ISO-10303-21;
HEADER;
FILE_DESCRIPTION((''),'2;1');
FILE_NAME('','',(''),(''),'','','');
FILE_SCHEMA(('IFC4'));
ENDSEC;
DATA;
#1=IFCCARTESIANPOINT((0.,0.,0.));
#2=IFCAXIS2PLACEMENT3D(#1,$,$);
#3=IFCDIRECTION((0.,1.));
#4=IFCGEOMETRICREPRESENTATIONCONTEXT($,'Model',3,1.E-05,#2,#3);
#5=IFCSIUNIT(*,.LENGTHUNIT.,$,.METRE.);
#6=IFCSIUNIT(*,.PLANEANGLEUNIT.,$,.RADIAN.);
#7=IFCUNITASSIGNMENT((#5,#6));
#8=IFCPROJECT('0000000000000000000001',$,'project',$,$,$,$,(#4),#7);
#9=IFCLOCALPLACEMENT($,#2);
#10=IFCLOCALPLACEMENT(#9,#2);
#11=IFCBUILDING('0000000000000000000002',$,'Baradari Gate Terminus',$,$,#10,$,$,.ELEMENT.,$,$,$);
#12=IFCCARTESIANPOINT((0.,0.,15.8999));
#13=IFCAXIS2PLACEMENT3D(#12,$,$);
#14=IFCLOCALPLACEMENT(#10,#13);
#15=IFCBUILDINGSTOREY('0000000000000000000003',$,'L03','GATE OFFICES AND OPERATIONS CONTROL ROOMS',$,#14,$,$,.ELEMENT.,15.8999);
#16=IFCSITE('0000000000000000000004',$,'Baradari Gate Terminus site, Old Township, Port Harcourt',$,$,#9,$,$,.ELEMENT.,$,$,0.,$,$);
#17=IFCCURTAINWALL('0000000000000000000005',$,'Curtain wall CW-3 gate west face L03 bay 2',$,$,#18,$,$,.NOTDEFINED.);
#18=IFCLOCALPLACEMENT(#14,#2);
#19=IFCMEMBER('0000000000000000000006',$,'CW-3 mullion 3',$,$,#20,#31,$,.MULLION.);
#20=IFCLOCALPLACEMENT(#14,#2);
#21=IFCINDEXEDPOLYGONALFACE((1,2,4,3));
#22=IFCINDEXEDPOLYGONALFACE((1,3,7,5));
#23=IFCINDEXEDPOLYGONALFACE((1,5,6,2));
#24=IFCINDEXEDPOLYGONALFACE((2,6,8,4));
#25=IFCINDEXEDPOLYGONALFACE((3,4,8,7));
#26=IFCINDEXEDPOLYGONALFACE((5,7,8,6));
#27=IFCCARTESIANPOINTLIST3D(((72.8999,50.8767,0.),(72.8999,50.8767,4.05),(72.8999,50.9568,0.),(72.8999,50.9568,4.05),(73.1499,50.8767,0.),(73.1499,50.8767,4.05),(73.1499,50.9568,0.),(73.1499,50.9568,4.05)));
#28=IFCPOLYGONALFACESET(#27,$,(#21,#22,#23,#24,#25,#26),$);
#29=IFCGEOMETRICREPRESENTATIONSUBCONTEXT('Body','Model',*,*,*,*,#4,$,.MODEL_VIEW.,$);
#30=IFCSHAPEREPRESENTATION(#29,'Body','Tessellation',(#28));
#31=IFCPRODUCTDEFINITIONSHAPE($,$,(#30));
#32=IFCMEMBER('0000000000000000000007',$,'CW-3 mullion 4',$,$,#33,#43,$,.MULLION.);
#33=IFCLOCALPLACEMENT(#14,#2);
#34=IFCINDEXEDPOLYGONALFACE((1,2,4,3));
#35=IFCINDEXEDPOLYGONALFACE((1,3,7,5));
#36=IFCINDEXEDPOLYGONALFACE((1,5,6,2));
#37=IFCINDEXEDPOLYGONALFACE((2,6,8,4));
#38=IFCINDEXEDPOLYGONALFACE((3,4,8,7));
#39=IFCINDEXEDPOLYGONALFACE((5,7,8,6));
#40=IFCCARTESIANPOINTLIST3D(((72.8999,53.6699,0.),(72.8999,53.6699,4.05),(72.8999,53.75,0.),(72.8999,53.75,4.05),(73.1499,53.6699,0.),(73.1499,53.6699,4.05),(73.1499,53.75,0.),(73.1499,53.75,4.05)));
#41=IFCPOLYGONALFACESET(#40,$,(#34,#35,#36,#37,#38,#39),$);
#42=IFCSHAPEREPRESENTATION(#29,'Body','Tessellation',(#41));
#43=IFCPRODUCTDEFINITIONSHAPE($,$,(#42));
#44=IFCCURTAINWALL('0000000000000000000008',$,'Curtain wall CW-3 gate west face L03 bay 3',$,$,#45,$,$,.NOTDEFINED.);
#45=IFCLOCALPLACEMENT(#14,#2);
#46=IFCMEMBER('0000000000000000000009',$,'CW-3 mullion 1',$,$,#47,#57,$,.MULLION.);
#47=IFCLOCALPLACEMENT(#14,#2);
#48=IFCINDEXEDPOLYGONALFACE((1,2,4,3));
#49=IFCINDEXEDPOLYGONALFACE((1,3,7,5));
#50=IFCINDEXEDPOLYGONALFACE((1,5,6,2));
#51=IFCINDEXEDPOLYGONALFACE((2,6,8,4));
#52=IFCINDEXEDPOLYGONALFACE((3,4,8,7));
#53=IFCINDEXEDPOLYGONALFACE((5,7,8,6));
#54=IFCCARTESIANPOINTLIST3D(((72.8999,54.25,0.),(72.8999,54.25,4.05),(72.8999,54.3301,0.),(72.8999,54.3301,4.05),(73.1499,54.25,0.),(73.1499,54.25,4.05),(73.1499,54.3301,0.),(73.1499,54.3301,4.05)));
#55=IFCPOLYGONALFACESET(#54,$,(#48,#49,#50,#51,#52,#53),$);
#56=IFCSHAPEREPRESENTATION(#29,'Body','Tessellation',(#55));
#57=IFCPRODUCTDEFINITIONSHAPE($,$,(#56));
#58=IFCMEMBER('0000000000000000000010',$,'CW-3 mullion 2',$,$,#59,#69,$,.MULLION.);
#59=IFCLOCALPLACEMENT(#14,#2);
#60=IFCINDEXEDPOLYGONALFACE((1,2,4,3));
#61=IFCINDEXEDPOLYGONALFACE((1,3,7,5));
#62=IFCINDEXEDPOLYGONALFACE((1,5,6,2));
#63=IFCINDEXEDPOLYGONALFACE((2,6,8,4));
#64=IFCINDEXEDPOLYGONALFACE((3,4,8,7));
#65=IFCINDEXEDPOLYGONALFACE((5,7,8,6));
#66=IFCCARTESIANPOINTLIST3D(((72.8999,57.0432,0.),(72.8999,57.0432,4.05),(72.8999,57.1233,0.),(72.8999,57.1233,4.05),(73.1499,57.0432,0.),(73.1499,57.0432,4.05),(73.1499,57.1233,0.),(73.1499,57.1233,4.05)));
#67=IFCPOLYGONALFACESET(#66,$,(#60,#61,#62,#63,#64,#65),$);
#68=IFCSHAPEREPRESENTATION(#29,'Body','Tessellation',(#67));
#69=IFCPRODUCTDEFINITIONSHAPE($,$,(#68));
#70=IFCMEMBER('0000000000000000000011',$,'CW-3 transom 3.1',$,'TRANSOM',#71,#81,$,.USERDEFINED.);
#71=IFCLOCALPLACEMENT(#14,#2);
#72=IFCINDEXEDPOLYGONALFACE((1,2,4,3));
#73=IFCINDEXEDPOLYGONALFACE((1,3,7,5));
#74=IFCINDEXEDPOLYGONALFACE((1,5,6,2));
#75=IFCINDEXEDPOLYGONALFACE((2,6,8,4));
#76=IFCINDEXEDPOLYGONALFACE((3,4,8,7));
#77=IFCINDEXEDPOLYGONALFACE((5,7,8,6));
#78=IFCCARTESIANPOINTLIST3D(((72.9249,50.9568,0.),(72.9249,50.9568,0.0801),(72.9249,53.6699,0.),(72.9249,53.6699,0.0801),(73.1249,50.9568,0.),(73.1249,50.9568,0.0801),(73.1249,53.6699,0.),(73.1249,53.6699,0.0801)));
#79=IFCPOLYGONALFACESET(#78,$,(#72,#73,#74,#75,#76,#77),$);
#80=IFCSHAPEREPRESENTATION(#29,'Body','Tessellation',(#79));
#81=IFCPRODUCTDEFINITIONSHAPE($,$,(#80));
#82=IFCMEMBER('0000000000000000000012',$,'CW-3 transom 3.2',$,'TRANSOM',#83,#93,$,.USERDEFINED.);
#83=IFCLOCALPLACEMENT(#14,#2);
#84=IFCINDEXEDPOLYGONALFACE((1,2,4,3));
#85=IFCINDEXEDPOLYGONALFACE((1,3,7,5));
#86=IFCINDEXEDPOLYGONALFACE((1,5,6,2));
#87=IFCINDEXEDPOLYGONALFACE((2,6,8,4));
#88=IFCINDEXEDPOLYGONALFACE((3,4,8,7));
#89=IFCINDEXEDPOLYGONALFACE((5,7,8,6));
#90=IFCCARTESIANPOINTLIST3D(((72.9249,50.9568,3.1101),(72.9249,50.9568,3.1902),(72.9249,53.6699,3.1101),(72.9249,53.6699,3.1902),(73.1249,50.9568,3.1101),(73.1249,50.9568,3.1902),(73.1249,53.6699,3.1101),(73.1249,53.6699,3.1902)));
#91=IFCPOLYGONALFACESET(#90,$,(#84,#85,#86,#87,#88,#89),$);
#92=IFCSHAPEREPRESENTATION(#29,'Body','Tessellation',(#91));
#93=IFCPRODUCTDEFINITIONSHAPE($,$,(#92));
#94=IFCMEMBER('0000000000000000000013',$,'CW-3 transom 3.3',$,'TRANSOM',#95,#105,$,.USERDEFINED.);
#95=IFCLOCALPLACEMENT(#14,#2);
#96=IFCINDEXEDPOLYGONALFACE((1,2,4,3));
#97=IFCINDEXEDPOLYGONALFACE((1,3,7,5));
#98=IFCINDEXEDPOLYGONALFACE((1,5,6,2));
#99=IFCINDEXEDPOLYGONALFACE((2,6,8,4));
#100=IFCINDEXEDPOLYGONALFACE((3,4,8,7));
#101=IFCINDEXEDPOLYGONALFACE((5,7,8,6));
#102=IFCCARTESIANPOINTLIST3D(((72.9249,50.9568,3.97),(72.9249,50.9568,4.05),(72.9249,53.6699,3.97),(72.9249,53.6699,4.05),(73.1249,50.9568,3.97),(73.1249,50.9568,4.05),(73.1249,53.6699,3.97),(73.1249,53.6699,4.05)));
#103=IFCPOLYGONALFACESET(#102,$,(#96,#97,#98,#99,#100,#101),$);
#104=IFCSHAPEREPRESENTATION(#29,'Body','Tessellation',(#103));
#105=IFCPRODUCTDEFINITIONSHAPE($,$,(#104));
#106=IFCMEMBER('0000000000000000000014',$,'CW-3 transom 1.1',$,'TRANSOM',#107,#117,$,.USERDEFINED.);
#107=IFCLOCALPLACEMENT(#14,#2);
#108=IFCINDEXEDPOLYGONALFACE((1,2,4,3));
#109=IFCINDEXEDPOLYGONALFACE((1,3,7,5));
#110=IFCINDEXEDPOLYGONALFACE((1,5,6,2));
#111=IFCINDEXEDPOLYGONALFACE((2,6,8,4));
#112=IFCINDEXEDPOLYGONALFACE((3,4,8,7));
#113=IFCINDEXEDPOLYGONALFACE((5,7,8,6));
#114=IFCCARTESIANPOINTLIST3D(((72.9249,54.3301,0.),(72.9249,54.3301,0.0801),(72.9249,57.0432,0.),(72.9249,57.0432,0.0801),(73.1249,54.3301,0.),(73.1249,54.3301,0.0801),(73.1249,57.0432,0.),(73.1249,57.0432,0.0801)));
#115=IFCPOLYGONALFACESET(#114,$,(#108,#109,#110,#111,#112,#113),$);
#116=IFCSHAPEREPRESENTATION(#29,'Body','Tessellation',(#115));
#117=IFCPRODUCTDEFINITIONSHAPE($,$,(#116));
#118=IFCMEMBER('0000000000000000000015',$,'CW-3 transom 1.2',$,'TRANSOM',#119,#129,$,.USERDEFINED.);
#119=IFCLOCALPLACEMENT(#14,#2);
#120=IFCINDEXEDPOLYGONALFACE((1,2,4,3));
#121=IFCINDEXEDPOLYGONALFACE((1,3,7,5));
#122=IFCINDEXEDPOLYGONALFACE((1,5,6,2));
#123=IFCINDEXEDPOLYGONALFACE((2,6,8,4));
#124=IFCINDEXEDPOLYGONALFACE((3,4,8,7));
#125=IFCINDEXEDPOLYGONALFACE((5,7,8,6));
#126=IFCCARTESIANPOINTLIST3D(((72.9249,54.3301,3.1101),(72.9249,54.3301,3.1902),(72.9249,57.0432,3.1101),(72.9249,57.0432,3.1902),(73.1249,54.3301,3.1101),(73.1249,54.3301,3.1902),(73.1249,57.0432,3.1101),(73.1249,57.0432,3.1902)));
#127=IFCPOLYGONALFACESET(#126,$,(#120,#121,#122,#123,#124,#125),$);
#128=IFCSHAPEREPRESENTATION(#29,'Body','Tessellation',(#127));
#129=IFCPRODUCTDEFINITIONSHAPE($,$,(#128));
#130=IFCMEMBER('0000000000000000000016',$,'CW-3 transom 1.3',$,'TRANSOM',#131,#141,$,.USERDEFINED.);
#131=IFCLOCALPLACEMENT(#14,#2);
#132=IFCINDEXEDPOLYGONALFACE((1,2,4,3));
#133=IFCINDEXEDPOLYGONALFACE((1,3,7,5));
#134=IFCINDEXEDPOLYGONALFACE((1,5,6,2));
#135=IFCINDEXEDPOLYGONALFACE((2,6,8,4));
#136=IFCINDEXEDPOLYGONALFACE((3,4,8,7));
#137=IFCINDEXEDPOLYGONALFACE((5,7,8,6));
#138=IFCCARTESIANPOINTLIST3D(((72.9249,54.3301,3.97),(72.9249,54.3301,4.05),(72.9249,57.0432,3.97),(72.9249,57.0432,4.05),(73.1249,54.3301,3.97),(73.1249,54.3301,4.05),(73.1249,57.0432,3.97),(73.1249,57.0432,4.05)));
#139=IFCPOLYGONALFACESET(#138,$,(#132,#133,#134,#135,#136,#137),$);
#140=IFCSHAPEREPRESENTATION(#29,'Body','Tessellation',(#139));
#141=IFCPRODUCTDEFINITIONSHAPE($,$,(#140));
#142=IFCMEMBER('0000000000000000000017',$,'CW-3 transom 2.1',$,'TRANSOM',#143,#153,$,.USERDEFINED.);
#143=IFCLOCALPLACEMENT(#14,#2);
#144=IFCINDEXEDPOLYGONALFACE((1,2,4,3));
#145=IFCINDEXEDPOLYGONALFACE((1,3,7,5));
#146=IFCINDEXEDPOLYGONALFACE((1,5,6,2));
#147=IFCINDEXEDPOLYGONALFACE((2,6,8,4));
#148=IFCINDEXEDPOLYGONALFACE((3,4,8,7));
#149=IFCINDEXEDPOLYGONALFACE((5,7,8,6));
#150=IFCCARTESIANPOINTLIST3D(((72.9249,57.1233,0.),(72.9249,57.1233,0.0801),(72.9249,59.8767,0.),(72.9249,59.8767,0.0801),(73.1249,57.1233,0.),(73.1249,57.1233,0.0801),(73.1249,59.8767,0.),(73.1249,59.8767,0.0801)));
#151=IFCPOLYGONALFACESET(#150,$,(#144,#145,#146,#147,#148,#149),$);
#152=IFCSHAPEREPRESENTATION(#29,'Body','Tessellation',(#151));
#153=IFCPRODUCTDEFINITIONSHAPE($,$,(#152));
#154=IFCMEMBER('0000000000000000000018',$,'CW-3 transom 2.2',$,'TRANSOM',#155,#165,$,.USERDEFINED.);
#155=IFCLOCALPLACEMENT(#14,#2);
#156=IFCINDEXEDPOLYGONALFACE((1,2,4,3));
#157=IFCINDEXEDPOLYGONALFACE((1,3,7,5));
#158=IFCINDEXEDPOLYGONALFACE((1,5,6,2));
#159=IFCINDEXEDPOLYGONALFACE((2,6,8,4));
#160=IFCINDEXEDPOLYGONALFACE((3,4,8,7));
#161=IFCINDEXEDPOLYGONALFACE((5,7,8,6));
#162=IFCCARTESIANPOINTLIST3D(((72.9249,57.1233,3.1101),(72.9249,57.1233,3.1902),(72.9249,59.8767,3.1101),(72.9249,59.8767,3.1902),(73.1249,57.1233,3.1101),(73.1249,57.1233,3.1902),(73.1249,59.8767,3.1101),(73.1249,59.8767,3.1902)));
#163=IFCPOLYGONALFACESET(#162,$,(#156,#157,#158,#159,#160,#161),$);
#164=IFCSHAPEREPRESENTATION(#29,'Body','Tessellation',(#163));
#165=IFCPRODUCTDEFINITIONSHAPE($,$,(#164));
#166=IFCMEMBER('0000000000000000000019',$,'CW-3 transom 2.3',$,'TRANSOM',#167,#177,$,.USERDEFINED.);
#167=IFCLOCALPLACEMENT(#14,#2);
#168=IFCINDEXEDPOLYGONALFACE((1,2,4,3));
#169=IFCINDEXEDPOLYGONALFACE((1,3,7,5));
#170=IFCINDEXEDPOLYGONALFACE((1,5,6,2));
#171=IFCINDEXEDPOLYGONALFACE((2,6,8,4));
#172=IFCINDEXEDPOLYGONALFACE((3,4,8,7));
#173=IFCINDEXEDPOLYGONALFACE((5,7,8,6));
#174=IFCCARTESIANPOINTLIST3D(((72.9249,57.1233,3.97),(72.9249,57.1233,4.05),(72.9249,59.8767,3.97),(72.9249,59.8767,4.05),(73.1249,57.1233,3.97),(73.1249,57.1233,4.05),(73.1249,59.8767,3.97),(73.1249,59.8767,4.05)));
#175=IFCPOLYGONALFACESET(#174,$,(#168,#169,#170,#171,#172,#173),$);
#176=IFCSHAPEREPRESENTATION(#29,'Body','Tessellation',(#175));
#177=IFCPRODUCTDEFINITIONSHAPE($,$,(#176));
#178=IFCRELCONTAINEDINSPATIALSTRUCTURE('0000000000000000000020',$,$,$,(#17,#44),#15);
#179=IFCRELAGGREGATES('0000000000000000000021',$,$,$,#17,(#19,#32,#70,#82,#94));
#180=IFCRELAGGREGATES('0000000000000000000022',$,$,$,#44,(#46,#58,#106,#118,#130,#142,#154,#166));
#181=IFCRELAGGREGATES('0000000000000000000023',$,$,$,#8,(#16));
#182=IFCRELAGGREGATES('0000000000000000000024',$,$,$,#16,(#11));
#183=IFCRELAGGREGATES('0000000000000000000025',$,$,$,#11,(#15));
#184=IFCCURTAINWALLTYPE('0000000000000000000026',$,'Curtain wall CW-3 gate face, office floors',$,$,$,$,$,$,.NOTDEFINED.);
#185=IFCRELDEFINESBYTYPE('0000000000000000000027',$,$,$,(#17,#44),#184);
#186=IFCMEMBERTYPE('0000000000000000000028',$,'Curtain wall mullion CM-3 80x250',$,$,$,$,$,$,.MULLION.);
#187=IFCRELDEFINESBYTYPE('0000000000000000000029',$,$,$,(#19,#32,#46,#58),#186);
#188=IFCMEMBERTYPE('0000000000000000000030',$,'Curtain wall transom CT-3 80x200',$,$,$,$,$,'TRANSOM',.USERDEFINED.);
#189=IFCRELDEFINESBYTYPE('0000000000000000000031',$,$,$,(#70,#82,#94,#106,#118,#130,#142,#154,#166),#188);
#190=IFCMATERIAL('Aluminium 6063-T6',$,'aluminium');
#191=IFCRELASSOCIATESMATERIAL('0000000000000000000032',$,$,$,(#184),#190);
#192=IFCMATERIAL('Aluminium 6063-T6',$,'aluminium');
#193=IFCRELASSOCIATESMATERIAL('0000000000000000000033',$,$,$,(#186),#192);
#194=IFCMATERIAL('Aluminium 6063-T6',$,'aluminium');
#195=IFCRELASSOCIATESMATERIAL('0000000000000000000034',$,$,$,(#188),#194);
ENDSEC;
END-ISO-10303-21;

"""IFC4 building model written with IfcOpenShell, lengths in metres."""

from ifc_helpers import new_model, si_unit, direction, frame, origin, origin_2d, place, context, subcontext, project, spatial, rectangle, extrude, material, material_profile, profile_set, type_object, element, aggregate, save


model = new_model("IFC4")

# Units and contexts
model_context = context("Model", 3, precision=1e-05, world=origin(), true_north=direction((0.0, 1.0)))
body_context = subcontext(model_context, "Body", "Model", "MODEL_VIEW")
ifc_project = project(units=[si_unit("LENGTHUNIT", "METRE"), si_unit("PLANEANGLEUNIT", "RADIAN")], contexts=[model_context])

# Site, building, storey
site_placement = place(None, origin())
site = spatial("IfcSite", under=ifc_project, at=site_placement, Name="Baradari Gate Terminus site, Old Township, Port Harcourt", CompositionType="ELEMENT", RefElevation=0.0)
building_placement = place(site_placement, origin())
building = spatial("IfcBuilding", under=site, at=building_placement, Name="Baradari Gate Terminus", CompositionType="ELEMENT")
storey_placement = place(building_placement, frame((0.0, 0.0, 15.8999)))
storey = spatial("IfcBuildingStorey", under=building, at=storey_placement, Name="L03", Description="GATE OFFICES AND OPERATIONS CONTROL ROOMS", CompositionType="ELEMENT", Elevation=15.8999)

# Curtain walls, members
ifc_material_1 = material(Name="Aluminium 6063-T6", Category="aluminium")
curtain_wall_type = type_object("IfcCurtainWallType", Name="Curtain wall CW-3 gate face, office floors", PredefinedType="NOTDEFINED", material=ifc_material_1)
curtain_wall_1_placement = place(storey_placement, origin())
curtain_wall_1 = element("IfcCurtainWall", 1, at=curtain_wall_1_placement, inside=storey, type_object=curtain_wall_type, Name="Curtain wall CW-3 gate west face L03 bay 2", PredefinedType="NOTDEFINED")
ifc_material_2 = material(Name="Aluminium 6063-T6", Category="aluminium")
ifc_material_profile_1 = material_profile(ifc_material_2, rectangle(XDim=0.25, YDim=0.0801, at=origin_2d()), Name="CM-3 80X250")
ifc_profile_set_1 = profile_set([ifc_material_profile_1], Name="Aluminium 6063-T6")
member_type_1 = type_object("IfcMemberType", Name="Curtain wall mullion CM-3 80x250", PredefinedType="MULLION", material=ifc_profile_set_1)
member_1_placement = place(storey_placement, frame((73.0249, 50.9167, 0.0), z_axis=(0.0, 0.0, 1.0), x_axis=(-1.0, 0.0, 0.0)))
member_1 = element("IfcMember", 2, at=member_1_placement, type_object=member_type_1, Name="CW-3 mullion 3", PredefinedType="MULLION", context=body_context, shape_type="SweptSolid", body=[
    extrude(rectangle(XDim=0.25, YDim=0.0801, at=origin_2d()), origin(), (0.0, 0.0, 1.0), 4.05),
])
member_2_placement = place(storey_placement, frame((73.0249, 53.71, 0.0), z_axis=(0.0, 0.0, 1.0), x_axis=(-1.0, 0.0, 0.0)))
member_2 = element("IfcMember", 3, at=member_2_placement, type_object=member_type_1, Name="CW-3 mullion 4", PredefinedType="MULLION", context=body_context, shape_type="SweptSolid", body=[
    extrude(rectangle(XDim=0.25, YDim=0.0801, at=origin_2d()), origin(), (0.0, 0.0, 1.0), 4.05),
])
curtain_wall_2_placement = place(storey_placement, origin())
curtain_wall_2 = element("IfcCurtainWall", 4, at=curtain_wall_2_placement, inside=storey, type_object=curtain_wall_type, Name="Curtain wall CW-3 gate west face L03 bay 3", PredefinedType="NOTDEFINED")
member_3_placement = place(storey_placement, frame((73.0249, 54.29, 0.0), z_axis=(0.0, 0.0, 1.0), x_axis=(-1.0, 0.0, 0.0)))
member_3 = element("IfcMember", 5, at=member_3_placement, type_object=member_type_1, Name="CW-3 mullion 1", PredefinedType="MULLION", context=body_context, shape_type="SweptSolid", body=[
    extrude(rectangle(XDim=0.25, YDim=0.0801, at=origin_2d()), origin(), (0.0, 0.0, 1.0), 4.05),
])
member_4_placement = place(storey_placement, frame((73.0249, 57.0833, 0.0), z_axis=(0.0, 0.0, 1.0), x_axis=(-1.0, 0.0, 0.0)))
member_4 = element("IfcMember", 6, at=member_4_placement, type_object=member_type_1, Name="CW-3 mullion 2", PredefinedType="MULLION", context=body_context, shape_type="SweptSolid", body=[
    extrude(rectangle(XDim=0.25, YDim=0.0801, at=origin_2d()), origin(), (0.0, 0.0, 1.0), 4.05),
])

# Members
ifc_material_3 = material(Name="Aluminium 6063-T6", Category="aluminium")
ifc_material_profile_2 = material_profile(ifc_material_3, rectangle(XDim=0.2, YDim=0.0801, at=origin_2d()), Name="CT-3 80X200")
ifc_profile_set_2 = profile_set([ifc_material_profile_2], Name="Aluminium 6063-T6")
member_type_2 = type_object("IfcMemberType", Name="Curtain wall transom CT-3 80x200", ElementType="TRANSOM", PredefinedType="USERDEFINED", material=ifc_profile_set_2)
member_5_placement = place(storey_placement, frame((73.0249, 50.9568, 0.04), z_axis=(0.0, 1.0, 0.0), x_axis=(-1.0, 0.0, 0.0)))
member_5 = element("IfcMember", 7, at=member_5_placement, type_object=member_type_2, Name="CW-3 transom 3.1", ObjectType="TRANSOM", PredefinedType="USERDEFINED", context=body_context, shape_type="SweptSolid", body=[
    extrude(rectangle(XDim=0.2, YDim=0.0801, at=origin_2d()), origin(), (0.0, 0.0, 1.0), 2.7131),
])
member_6_placement = place(storey_placement, frame((73.0249, 50.9568, 3.1501), z_axis=(0.0, 1.0, 0.0), x_axis=(-1.0, 0.0, 0.0)))
member_6 = element("IfcMember", 8, at=member_6_placement, type_object=member_type_2, Name="CW-3 transom 3.2", ObjectType="TRANSOM", PredefinedType="USERDEFINED", context=body_context, shape_type="SweptSolid", body=[
    extrude(rectangle(XDim=0.2, YDim=0.0801, at=origin_2d()), origin(), (0.0, 0.0, 1.0), 2.7131),
])
member_7_placement = place(storey_placement, frame((73.0249, 50.9568, 4.01), z_axis=(0.0, 1.0, 0.0), x_axis=(-1.0, 0.0, 0.0)))
member_7 = element("IfcMember", 9, at=member_7_placement, type_object=member_type_2, Name="CW-3 transom 3.3", ObjectType="TRANSOM", PredefinedType="USERDEFINED", context=body_context, shape_type="SweptSolid", body=[
    extrude(rectangle(XDim=0.2, YDim=0.0801, at=origin_2d()), origin(), (0.0, 0.0, 1.0), 2.7131),
])
member_8_placement = place(storey_placement, frame((73.0249, 54.3301, 0.04), z_axis=(0.0, 1.0, 0.0), x_axis=(-1.0, 0.0, 0.0)))
member_8 = element("IfcMember", 10, at=member_8_placement, type_object=member_type_2, Name="CW-3 transom 1.1", ObjectType="TRANSOM", PredefinedType="USERDEFINED", context=body_context, shape_type="SweptSolid", body=[
    extrude(rectangle(XDim=0.2, YDim=0.0801, at=origin_2d()), origin(), (0.0, 0.0, 1.0), 2.7131),
])
member_9_placement = place(storey_placement, frame((73.0249, 54.3301, 3.1501), z_axis=(0.0, 1.0, 0.0), x_axis=(-1.0, 0.0, 0.0)))
member_9 = element("IfcMember", 11, at=member_9_placement, type_object=member_type_2, Name="CW-3 transom 1.2", ObjectType="TRANSOM", PredefinedType="USERDEFINED", context=body_context, shape_type="SweptSolid", body=[
    extrude(rectangle(XDim=0.2, YDim=0.0801, at=origin_2d()), origin(), (0.0, 0.0, 1.0), 2.7131),
])
member_10_placement = place(storey_placement, frame((73.0249, 54.3301, 4.01), z_axis=(0.0, 1.0, 0.0), x_axis=(-1.0, 0.0, 0.0)))
member_10 = element("IfcMember", 12, at=member_10_placement, type_object=member_type_2, Name="CW-3 transom 1.3", ObjectType="TRANSOM", PredefinedType="USERDEFINED", context=body_context, shape_type="SweptSolid", body=[
    extrude(rectangle(XDim=0.2, YDim=0.0801, at=origin_2d()), origin(), (0.0, 0.0, 1.0), 2.7131),
])
member_11_placement = place(storey_placement, frame((73.0249, 57.1233, 0.04), z_axis=(0.0, 1.0, 0.0), x_axis=(-1.0, 0.0, 0.0)))
member_11 = element("IfcMember", 13, at=member_11_placement, type_object=member_type_2, Name="CW-3 transom 2.1", ObjectType="TRANSOM", PredefinedType="USERDEFINED", context=body_context, shape_type="SweptSolid", body=[
    extrude(rectangle(XDim=0.2, YDim=0.0801, at=origin_2d()), origin(), (0.0, 0.0, 1.0), 2.7534),
])
member_12_placement = place(storey_placement, frame((73.0249, 57.1233, 3.1501), z_axis=(0.0, 1.0, 0.0), x_axis=(-1.0, 0.0, 0.0)))
member_12 = element("IfcMember", 14, at=member_12_placement, type_object=member_type_2, Name="CW-3 transom 2.2", ObjectType="TRANSOM", PredefinedType="USERDEFINED", context=body_context, shape_type="SweptSolid", body=[
    extrude(rectangle(XDim=0.2, YDim=0.0801, at=origin_2d()), origin(), (0.0, 0.0, 1.0), 2.7534),
])
member_13_placement = place(storey_placement, frame((73.0249, 57.1233, 4.01), z_axis=(0.0, 1.0, 0.0), x_axis=(-1.0, 0.0, 0.0)))
member_13 = element("IfcMember", 15, at=member_13_placement, type_object=member_type_2, Name="CW-3 transom 2.3", ObjectType="TRANSOM", PredefinedType="USERDEFINED", context=body_context, shape_type="SweptSolid", body=[
    extrude(rectangle(XDim=0.2, YDim=0.0801, at=origin_2d()), origin(), (0.0, 0.0, 1.0), 2.7534),
])

aggregate(curtain_wall_1, [member_1, member_2, member_5, member_6, member_7])
aggregate(curtain_wall_2, [member_3, member_4, member_8, member_9, member_10, member_11, member_12, member_13])

save(model, "model.ifc")
